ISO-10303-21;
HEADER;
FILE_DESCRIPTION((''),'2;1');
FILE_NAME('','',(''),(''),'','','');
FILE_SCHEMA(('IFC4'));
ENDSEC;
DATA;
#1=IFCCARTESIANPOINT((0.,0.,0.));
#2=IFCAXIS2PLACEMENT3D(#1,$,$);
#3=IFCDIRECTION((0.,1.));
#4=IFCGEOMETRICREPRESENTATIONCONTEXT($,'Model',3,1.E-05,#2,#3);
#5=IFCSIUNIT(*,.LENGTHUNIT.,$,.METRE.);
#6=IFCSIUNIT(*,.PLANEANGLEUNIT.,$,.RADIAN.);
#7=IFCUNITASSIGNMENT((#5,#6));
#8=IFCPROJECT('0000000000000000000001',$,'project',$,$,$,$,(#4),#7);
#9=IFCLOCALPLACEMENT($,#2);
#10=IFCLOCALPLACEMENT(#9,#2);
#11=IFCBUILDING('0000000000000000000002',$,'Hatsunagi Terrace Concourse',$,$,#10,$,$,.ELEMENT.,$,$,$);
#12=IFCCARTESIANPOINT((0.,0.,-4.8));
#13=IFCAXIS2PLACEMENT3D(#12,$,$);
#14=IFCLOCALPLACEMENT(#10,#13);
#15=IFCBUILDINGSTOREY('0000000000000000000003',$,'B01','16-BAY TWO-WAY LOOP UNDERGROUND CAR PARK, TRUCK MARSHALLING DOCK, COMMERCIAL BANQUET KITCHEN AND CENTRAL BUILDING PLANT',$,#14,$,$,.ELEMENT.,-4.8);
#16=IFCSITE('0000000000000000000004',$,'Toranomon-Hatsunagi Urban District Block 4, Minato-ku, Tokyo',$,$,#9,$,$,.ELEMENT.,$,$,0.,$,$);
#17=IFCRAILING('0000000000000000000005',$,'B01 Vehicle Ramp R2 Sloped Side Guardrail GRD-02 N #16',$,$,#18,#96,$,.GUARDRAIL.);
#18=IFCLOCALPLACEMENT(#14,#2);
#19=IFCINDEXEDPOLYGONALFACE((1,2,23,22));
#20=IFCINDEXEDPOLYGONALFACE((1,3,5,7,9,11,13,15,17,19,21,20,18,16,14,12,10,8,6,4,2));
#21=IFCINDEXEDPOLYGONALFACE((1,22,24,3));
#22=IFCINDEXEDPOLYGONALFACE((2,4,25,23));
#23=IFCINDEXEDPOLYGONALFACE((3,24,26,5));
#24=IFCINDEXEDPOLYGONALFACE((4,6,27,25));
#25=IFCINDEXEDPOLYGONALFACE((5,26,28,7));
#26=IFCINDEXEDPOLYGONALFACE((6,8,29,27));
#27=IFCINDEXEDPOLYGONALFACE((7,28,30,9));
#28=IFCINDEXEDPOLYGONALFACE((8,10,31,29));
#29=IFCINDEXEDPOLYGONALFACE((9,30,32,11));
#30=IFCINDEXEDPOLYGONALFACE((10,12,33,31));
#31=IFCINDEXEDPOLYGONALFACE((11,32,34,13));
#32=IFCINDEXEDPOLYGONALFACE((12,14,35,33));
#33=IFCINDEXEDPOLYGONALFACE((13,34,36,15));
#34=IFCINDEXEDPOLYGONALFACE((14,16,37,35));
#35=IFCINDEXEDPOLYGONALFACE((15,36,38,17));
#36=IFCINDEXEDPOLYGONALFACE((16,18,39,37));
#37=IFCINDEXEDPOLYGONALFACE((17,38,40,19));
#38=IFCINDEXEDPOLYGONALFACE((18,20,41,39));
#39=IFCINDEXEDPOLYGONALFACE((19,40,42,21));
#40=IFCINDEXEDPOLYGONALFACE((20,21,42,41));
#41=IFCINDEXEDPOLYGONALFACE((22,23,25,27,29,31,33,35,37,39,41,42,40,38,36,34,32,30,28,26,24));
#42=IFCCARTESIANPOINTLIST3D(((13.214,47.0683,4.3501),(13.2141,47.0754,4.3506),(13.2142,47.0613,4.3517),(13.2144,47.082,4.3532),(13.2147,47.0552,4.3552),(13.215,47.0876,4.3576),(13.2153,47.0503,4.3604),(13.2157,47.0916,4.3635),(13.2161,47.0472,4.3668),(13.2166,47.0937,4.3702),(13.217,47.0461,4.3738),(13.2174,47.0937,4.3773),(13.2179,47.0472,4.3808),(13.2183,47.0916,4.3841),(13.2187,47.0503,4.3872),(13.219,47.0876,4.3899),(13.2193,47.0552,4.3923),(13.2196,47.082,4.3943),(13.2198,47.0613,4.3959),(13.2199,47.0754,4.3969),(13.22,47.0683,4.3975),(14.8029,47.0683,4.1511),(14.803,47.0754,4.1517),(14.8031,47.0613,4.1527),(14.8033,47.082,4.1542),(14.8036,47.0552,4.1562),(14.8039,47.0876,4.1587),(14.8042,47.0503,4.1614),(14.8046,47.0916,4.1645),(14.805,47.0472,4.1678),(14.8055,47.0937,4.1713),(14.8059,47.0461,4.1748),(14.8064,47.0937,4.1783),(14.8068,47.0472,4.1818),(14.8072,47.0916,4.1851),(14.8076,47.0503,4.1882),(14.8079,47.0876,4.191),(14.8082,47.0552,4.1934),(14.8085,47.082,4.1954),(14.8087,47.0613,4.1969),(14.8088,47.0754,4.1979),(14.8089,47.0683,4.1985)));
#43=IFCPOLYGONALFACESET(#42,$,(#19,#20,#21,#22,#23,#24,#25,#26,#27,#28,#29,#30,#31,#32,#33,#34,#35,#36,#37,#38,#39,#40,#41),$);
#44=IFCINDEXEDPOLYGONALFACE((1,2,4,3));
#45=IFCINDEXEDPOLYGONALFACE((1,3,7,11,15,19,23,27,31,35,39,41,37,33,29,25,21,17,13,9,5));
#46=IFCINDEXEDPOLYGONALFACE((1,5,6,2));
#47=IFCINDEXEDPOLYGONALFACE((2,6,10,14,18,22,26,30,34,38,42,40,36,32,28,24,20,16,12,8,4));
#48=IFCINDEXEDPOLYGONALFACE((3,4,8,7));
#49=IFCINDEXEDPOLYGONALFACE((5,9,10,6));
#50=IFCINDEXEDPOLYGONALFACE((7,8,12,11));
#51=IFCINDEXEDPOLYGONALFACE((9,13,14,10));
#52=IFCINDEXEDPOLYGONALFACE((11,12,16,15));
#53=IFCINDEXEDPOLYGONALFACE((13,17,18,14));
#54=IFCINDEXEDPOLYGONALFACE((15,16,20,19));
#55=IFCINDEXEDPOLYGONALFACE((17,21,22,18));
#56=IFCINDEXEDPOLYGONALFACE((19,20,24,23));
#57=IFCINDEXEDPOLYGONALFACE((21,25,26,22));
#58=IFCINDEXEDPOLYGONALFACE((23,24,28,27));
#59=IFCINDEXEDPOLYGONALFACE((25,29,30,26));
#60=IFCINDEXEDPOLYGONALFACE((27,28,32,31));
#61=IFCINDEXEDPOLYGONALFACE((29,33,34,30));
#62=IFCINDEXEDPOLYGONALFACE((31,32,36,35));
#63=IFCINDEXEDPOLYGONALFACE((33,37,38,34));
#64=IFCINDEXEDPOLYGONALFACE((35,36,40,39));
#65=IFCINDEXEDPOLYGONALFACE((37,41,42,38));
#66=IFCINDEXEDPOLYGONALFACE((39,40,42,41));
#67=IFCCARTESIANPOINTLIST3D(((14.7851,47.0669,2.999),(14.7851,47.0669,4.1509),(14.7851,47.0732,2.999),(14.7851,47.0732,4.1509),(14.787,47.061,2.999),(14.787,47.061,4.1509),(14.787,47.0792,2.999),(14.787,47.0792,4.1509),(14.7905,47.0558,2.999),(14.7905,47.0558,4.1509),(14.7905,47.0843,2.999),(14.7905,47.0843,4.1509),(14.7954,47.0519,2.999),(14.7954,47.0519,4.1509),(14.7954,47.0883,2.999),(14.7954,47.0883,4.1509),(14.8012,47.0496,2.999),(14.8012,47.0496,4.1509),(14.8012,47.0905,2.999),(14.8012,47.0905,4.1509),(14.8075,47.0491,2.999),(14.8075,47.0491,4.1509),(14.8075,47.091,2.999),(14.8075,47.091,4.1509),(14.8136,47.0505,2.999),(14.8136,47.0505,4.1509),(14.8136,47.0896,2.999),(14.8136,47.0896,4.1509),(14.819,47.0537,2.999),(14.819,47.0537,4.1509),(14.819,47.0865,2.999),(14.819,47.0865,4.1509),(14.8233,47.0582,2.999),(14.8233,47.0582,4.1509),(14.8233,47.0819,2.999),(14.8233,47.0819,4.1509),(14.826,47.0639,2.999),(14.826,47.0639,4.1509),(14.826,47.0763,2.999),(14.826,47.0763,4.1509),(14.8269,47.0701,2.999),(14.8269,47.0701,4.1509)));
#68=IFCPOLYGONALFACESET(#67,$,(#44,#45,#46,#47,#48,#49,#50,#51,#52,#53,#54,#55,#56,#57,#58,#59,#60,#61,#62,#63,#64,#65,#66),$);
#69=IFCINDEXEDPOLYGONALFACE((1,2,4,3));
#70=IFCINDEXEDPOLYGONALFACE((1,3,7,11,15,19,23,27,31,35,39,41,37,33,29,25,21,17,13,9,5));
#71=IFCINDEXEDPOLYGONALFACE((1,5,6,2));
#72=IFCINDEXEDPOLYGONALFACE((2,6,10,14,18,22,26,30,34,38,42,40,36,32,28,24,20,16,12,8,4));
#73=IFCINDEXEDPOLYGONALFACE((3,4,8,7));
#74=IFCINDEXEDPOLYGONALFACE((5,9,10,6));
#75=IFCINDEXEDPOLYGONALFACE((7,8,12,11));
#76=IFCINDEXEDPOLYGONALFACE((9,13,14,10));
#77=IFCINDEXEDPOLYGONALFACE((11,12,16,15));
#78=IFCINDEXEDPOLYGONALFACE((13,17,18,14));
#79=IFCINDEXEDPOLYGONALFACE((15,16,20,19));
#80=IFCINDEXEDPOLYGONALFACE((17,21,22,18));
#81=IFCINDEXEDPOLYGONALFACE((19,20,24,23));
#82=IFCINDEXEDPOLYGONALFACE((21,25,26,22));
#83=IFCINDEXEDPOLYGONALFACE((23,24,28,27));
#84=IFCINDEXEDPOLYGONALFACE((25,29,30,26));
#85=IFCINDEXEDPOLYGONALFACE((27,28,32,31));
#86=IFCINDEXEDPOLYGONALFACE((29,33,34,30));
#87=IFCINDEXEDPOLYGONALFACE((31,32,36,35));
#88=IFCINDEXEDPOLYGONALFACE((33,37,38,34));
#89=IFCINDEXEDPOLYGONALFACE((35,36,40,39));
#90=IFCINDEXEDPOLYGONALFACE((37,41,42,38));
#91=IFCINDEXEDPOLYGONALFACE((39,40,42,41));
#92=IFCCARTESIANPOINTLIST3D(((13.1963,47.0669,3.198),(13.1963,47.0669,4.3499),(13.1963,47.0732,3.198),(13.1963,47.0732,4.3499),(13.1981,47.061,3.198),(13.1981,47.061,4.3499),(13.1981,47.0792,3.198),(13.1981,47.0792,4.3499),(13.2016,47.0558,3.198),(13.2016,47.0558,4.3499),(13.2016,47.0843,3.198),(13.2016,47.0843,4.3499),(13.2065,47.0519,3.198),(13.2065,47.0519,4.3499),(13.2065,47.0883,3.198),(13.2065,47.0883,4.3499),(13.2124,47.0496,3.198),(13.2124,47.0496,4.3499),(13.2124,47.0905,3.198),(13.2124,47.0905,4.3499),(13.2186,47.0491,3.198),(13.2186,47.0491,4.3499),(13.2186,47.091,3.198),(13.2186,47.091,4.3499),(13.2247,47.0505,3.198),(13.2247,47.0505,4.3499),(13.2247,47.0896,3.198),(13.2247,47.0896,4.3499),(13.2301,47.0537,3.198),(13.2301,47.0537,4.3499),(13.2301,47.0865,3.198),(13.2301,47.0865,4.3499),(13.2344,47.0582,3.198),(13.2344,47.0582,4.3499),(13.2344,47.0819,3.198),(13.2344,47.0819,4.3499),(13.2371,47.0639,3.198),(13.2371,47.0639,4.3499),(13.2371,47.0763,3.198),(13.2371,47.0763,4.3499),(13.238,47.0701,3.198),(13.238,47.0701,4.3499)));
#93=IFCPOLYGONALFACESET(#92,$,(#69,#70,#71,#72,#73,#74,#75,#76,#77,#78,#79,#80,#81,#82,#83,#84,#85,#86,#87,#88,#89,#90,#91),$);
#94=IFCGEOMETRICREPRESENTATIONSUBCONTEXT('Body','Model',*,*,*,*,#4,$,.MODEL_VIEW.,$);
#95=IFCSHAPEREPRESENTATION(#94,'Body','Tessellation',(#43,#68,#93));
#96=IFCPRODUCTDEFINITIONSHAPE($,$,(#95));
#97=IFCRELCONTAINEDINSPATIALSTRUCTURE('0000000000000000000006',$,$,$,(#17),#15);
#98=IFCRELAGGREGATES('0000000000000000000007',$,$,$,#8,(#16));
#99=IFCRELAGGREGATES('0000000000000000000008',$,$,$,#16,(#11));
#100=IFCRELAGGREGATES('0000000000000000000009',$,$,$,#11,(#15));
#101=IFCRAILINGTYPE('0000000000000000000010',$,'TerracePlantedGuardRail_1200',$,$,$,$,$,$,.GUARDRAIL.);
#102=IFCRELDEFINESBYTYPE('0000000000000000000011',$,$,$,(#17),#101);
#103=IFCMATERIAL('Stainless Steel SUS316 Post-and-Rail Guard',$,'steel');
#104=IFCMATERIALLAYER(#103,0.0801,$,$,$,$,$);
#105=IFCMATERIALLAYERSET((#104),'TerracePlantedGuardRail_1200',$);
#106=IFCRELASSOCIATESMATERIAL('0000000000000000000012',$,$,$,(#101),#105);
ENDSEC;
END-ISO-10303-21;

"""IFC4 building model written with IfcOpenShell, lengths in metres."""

from ifc_helpers import new_model, si_unit, direction, frame, origin, origin_2d, place, context, subcontext, project, spatial, circle, extrude, material, layer, layer_set, type_object, element, save


model = new_model("IFC4")

# Units and contexts
model_context = context("Model", 3, precision=1e-05, world=origin(), true_north=direction((0.0, 1.0)))
body_context = subcontext(model_context, "Body", "Model", "MODEL_VIEW")
ifc_project = project(units=[si_unit("LENGTHUNIT", "METRE"), si_unit("PLANEANGLEUNIT", "RADIAN")], contexts=[model_context])

# Site, building, storey
site_placement = place(None, origin())
site = spatial("IfcSite", under=ifc_project, at=site_placement, Name="Toranomon-Hatsunagi Urban District Block 4, Minato-ku, Tokyo", CompositionType="ELEMENT", RefElevation=0.0)
building_placement = place(site_placement, origin())
building = spatial("IfcBuilding", under=site, at=building_placement, Name="Hatsunagi Terrace Concourse", CompositionType="ELEMENT")
storey_placement = place(building_placement, frame((0.0, 0.0, -4.8)))
storey = spatial("IfcBuildingStorey", under=building, at=storey_placement, Name="B01", Description="16-BAY TWO-WAY LOOP UNDERGROUND CAR PARK, TRUCK MARSHALLING DOCK, COMMERCIAL BANQUET KITCHEN AND CENTRAL BUILDING PLANT", CompositionType="ELEMENT", Elevation=-4.8)

# Railing
ifc_material_1 = material(Name="Stainless Steel SUS316 Post-and-Rail Guard", Category="steel")
ifc_layer_1 = layer(ifc_material_1, 0.0801)
ifc_layer_set_1 = layer_set([ifc_layer_1], Name="TerracePlantedGuardRail_1200")
railing_type = type_object("IfcRailingType", Name="TerracePlantedGuardRail_1200", PredefinedType="GUARDRAIL", material=ifc_layer_set_1)
railing_1_placement = place(storey_placement, frame((14.8059, 47.0701, 2.999)))
element("IfcRailing", 1, at=railing_1_placement, inside=storey, type_object=railing_type, Name="B01 Vehicle Ramp R2 Sloped Side Guardrail GRD-02 N #16", PredefinedType="GUARDRAIL", context=body_context, shape_type="SweptSolid", body=[
    extrude(circle(Radius=0.0239, at=origin_2d()), frame((0.0, 0.0, 1.1758), z_axis=(-0.99225, 0.0, 0.12426), x_axis=(0.0, -1.0, 0.0)), (0.0, 0.0, 1.0), 1.6013),
    extrude(circle(Radius=0.021, at=origin_2d()), origin(), (0.0, 0.0, 1.0), 1.1519),
    extrude(circle(Radius=0.021, at=origin_2d()), frame((-1.5889, 0.0, 0.199)), (0.0, 0.0, 1.0), 1.1519),
])

save(model, "model.ifc")
